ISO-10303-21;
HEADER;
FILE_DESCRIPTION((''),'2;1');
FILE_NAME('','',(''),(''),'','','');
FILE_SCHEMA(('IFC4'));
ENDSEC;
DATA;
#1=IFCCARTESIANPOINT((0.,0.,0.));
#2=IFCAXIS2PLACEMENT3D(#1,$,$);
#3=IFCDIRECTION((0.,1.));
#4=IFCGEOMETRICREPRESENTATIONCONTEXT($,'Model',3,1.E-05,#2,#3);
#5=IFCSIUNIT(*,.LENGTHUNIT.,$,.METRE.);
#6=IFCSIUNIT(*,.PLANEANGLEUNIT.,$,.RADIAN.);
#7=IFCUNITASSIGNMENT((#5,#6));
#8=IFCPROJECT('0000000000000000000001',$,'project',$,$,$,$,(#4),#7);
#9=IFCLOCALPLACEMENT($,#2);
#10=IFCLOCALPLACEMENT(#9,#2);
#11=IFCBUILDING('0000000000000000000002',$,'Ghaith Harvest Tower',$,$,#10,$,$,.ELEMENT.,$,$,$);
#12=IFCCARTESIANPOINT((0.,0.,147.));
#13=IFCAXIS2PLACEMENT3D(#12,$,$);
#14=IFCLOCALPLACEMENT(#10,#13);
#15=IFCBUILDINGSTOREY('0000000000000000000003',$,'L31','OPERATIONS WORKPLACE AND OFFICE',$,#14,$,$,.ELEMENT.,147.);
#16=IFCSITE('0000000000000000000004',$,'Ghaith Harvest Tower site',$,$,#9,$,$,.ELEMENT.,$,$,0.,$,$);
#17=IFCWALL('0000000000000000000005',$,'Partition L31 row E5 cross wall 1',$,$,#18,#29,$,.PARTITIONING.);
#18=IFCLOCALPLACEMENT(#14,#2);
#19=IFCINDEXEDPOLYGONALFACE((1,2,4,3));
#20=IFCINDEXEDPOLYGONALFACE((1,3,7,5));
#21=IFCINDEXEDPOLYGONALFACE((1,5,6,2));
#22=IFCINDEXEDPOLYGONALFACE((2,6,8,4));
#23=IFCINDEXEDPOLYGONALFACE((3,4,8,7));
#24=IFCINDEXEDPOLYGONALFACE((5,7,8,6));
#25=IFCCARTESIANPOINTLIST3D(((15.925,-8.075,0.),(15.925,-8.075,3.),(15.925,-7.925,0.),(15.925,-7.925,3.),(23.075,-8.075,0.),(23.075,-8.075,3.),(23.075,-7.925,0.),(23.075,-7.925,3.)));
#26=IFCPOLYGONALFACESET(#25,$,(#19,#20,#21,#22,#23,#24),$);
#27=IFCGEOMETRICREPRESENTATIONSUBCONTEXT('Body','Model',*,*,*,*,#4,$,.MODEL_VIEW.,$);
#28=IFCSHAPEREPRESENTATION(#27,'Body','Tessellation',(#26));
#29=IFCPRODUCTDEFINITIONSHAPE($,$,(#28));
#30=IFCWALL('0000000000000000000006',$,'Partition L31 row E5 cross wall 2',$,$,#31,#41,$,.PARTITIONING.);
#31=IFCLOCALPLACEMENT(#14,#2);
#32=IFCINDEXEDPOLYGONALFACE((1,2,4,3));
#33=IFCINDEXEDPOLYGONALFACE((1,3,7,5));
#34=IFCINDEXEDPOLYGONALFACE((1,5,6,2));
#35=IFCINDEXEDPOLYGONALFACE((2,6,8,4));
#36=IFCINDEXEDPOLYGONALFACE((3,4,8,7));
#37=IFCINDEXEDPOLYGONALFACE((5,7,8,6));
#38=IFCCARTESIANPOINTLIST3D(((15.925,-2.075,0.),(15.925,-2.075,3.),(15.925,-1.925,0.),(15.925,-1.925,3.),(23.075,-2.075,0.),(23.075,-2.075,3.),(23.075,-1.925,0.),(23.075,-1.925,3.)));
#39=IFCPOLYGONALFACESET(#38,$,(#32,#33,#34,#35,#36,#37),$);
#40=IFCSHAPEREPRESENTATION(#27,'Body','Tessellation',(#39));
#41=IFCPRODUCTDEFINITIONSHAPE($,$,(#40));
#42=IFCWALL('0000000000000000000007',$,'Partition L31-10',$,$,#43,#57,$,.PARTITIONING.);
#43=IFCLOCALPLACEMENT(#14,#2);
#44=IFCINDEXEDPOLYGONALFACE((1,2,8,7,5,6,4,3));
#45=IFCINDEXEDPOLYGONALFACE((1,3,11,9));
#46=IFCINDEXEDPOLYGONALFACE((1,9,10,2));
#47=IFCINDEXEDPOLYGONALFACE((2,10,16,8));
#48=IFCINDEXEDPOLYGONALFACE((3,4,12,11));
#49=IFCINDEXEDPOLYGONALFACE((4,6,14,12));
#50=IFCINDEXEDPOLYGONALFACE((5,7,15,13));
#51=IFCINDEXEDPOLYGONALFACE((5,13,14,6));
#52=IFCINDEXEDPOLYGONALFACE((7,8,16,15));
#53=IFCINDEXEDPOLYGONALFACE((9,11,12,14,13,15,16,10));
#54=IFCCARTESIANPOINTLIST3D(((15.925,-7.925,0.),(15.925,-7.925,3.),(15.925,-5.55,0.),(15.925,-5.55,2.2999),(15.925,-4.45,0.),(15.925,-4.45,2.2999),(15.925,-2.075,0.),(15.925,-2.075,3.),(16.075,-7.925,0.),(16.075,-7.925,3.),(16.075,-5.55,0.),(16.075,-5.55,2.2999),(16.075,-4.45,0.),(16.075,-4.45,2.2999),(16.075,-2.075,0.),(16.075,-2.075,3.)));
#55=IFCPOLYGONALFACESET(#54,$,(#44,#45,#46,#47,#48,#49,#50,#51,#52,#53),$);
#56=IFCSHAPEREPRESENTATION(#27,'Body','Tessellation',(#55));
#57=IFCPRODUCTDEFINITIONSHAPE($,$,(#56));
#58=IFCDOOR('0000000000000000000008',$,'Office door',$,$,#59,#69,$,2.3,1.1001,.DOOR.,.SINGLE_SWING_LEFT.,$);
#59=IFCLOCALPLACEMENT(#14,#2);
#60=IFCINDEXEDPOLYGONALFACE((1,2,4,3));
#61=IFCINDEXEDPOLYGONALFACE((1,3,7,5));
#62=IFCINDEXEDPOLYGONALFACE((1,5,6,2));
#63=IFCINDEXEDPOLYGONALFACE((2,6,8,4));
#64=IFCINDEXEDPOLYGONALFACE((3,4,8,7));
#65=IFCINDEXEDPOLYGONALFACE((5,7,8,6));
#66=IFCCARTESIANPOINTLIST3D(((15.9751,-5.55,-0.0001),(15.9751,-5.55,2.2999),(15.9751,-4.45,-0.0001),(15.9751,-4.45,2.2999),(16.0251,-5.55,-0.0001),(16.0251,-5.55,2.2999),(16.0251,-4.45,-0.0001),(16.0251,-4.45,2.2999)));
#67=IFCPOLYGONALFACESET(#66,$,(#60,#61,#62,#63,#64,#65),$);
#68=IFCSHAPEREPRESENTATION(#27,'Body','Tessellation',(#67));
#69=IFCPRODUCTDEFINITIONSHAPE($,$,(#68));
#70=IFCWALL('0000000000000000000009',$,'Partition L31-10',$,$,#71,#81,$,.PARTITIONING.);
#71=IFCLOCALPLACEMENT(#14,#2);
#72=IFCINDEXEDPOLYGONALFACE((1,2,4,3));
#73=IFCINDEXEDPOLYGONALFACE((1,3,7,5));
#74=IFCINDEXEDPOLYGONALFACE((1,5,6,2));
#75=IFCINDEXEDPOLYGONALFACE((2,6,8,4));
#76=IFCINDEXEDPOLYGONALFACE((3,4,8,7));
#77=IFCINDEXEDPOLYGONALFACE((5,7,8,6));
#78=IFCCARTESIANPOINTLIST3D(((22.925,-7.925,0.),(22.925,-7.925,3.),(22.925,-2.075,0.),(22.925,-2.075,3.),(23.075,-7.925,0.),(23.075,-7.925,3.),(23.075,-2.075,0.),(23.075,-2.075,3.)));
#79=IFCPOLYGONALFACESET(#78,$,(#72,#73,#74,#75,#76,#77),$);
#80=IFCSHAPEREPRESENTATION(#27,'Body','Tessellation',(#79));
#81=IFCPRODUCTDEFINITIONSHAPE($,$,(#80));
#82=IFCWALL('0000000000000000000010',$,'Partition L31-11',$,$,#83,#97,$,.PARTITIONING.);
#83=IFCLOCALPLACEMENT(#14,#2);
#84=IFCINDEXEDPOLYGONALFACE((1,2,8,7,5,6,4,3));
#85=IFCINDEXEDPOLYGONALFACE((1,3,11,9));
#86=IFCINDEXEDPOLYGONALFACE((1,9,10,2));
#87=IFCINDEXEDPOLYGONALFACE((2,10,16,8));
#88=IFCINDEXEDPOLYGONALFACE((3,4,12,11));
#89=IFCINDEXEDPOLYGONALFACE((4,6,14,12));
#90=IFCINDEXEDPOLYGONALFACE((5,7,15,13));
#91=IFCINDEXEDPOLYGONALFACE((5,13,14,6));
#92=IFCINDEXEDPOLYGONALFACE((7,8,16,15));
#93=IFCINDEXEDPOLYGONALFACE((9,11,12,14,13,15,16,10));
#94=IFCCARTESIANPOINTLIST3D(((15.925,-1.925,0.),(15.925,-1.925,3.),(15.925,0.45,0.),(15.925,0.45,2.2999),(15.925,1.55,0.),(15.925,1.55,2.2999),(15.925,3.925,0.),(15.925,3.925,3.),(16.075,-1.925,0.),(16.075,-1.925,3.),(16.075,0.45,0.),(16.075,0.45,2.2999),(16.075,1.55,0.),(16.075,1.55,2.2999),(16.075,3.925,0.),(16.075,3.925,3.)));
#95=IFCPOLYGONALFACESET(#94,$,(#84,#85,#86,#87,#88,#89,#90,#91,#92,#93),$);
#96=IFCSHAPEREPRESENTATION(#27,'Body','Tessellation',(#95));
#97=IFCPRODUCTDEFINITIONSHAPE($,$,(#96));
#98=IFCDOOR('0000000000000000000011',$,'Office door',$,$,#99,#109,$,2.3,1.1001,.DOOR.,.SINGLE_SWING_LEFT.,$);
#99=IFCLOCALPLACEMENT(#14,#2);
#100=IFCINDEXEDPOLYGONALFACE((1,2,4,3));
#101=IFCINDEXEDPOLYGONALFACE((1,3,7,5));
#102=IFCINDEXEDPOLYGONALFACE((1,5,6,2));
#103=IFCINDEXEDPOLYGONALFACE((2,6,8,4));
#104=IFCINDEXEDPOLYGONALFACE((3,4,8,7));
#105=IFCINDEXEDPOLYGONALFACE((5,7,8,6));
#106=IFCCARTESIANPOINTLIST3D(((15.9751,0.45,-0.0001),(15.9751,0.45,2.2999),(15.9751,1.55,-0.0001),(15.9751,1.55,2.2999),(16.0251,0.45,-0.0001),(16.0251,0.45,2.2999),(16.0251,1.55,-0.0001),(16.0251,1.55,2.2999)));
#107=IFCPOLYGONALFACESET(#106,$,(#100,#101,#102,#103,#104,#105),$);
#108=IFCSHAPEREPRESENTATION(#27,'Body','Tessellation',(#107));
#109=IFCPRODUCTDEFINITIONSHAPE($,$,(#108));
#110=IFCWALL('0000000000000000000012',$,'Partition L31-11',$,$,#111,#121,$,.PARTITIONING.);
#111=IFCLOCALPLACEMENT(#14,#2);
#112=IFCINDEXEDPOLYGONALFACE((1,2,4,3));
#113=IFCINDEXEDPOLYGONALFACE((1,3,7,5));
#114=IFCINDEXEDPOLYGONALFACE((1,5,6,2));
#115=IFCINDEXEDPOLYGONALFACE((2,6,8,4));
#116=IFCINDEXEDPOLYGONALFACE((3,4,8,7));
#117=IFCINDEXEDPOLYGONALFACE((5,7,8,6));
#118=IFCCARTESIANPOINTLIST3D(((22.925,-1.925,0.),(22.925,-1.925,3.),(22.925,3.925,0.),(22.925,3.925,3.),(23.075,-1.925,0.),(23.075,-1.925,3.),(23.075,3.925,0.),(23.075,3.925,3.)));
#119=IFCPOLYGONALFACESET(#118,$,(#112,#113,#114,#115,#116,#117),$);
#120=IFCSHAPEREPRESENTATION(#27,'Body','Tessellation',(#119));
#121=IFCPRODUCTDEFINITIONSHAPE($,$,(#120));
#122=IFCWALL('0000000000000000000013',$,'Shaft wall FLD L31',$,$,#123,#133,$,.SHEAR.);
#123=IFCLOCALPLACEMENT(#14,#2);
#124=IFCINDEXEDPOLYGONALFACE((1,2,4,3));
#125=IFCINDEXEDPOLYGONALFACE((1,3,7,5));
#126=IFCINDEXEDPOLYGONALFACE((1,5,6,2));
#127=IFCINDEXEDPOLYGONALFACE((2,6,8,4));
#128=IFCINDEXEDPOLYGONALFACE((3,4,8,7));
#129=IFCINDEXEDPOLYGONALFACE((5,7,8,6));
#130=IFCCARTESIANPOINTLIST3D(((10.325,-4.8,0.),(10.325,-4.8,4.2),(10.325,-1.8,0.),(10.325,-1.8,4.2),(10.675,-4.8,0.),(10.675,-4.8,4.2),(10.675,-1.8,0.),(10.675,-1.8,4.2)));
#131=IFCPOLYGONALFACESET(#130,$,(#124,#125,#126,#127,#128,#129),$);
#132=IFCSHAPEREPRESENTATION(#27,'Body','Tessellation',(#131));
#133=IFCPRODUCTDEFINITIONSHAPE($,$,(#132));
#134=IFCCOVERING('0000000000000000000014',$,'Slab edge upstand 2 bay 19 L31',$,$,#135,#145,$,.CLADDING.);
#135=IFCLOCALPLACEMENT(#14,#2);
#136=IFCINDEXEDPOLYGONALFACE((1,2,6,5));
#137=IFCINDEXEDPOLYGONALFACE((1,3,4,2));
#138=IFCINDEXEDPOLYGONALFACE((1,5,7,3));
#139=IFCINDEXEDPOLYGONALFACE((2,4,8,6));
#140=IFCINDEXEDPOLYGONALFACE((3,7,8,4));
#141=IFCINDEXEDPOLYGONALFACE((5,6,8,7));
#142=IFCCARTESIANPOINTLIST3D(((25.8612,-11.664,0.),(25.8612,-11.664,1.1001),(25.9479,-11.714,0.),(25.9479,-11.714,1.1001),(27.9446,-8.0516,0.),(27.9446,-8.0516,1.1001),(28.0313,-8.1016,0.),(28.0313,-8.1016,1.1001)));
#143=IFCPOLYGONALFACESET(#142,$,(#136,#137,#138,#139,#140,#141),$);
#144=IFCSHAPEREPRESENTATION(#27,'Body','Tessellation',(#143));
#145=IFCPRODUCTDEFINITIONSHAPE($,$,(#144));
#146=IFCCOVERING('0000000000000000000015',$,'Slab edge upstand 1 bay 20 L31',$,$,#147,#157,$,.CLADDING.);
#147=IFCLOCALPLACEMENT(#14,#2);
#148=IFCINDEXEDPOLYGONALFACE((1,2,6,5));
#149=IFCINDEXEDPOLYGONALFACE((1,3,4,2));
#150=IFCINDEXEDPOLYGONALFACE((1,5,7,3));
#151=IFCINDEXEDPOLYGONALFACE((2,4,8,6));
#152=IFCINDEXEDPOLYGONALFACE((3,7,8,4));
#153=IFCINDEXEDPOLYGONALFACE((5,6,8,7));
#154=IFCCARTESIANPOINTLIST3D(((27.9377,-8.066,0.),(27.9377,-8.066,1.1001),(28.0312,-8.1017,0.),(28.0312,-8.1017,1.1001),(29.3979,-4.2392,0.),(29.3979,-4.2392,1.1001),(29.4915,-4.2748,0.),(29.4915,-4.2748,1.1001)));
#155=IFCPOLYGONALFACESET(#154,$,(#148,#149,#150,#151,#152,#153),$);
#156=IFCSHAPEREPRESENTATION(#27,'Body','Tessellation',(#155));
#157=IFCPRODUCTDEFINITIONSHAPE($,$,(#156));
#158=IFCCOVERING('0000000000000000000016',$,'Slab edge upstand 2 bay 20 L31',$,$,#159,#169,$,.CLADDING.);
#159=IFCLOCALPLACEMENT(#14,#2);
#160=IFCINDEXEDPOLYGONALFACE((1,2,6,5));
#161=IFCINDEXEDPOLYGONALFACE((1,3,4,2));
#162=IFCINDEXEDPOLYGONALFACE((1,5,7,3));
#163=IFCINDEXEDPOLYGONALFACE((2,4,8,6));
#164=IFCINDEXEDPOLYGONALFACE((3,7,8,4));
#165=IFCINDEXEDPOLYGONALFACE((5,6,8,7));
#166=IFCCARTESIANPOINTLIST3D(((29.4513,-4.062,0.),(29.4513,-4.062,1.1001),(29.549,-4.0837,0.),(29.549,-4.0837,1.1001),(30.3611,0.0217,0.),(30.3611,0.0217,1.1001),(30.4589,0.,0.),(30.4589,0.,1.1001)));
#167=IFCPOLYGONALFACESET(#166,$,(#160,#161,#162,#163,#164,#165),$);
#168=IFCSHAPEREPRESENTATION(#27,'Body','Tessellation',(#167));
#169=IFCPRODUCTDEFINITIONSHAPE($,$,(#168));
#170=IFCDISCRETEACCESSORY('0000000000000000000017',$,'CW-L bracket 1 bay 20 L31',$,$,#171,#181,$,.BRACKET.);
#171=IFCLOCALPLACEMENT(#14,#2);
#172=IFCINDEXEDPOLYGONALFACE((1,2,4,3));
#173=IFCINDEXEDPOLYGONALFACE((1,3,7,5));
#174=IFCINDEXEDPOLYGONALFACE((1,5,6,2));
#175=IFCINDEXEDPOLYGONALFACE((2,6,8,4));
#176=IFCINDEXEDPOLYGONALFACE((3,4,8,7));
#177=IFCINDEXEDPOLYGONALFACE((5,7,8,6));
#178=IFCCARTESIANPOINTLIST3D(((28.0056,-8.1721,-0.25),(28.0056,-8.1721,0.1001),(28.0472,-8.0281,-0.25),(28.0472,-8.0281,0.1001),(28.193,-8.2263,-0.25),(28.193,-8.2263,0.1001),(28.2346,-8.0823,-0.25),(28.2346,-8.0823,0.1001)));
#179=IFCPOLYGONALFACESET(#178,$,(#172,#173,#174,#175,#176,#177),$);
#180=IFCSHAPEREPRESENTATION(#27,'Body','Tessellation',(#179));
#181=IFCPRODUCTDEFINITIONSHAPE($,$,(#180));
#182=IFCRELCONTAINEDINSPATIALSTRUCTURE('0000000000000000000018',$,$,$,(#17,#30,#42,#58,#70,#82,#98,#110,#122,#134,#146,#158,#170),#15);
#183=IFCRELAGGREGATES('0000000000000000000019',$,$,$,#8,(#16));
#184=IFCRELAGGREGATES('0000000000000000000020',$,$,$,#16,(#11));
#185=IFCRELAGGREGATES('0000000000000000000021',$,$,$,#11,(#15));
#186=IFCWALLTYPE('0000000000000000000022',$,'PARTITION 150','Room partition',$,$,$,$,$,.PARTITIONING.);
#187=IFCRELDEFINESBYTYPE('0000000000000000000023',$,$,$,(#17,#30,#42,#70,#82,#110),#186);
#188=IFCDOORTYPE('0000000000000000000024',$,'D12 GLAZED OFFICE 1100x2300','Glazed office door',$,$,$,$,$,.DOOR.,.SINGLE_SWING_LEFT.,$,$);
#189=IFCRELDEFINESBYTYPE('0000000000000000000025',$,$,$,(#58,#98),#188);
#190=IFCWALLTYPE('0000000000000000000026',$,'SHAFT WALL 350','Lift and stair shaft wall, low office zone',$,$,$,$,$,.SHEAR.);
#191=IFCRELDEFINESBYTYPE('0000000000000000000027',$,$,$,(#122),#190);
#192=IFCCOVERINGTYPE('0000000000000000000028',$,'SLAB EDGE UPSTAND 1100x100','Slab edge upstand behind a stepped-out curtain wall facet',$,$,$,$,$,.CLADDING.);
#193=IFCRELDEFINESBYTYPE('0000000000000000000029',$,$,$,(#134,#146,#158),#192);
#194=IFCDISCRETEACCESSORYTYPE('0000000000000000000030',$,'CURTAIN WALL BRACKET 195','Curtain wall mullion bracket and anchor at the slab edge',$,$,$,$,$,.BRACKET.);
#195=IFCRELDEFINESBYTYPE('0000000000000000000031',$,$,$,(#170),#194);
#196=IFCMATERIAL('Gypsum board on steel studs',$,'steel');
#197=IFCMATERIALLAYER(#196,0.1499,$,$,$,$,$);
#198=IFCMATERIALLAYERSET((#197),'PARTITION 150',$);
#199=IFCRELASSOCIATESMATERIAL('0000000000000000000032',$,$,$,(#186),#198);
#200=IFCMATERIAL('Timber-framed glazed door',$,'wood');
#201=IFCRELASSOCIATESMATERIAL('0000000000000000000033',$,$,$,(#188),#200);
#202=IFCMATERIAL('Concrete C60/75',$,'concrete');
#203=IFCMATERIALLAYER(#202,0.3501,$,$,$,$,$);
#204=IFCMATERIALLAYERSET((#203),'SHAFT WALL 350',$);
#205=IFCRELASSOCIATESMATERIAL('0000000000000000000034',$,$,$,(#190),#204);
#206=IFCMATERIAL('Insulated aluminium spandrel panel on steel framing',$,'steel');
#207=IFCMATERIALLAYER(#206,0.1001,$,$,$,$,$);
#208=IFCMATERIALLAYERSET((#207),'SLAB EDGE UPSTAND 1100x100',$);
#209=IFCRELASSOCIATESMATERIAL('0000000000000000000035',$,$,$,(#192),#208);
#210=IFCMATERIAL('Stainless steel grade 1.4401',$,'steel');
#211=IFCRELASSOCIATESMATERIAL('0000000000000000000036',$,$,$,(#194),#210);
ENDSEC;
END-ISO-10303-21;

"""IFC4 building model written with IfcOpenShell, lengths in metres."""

from ifc_helpers import new_model, si_unit, direction, frame, frame_2d, origin, origin_2d, place, context, subcontext, project, spatial, rectangle, extrude, material, layer, layer_set, type_object, element, fill, save


model = new_model("IFC4")

# Units and contexts
model_context = context("Model", 3, precision=1e-05, world=origin(), true_north=direction((0.0, 1.0)))
body_context = subcontext(model_context, "Body", "Model", "MODEL_VIEW")
ifc_project = project(units=[si_unit("LENGTHUNIT", "METRE"), si_unit("PLANEANGLEUNIT", "RADIAN")], contexts=[model_context])

# Site, building, storey
site_placement = place(None, origin())
site = spatial("IfcSite", under=ifc_project, at=site_placement, Name="Ghaith Harvest Tower site", CompositionType="ELEMENT", RefElevation=0.0)
building_placement = place(site_placement, origin())
building = spatial("IfcBuilding", under=site, at=building_placement, Name="Ghaith Harvest Tower", CompositionType="ELEMENT")
storey_placement = place(building_placement, frame((0.0, 0.0, 147.0)))
storey = spatial("IfcBuildingStorey", under=building, at=storey_placement, Name="L31", Description="OPERATIONS WORKPLACE AND OFFICE", CompositionType="ELEMENT", Elevation=147.0)

# Walls
ifc_material_1 = material(Name="Gypsum board on steel studs", Category="steel")
ifc_layer_1 = layer(ifc_material_1, 0.1499)
ifc_layer_set_1 = layer_set([ifc_layer_1], Name="PARTITION 150")
wall_type_1 = type_object("IfcWallType", Name="PARTITION 150", Description="Room partition", PredefinedType="PARTITIONING", material=ifc_layer_set_1)
for number, where, z_axis, x_axis, name in (
    (1, (15.925, -8.0, 0.0), (0.0, 0.0, 1.0), (1.0, 0.0, 0.0), "Partition L31 row E5 cross wall 1"),
    (2, (15.925, -2.0, 0.0), (0.0, 0.0, 1.0), (1.0, 0.0, 0.0), "Partition L31 row E5 cross wall 2"),
):
    element("IfcWall", number, at=place(storey_placement, frame(where, z_axis=z_axis, x_axis=x_axis)), inside=storey, type_object=wall_type_1, Name=name, PredefinedType="PARTITIONING", context=body_context, shape_type="SweptSolid", body=[
        extrude(rectangle(XDim=7.1499, YDim=0.1499, at=frame_2d((3.575, 0.0))), origin(), (0.0, 0.0, 1.0), 3.0),
    ])

# Wall, opening, door
wall_1_placement = place(storey_placement, frame((16.0, -7.925, 0.0), z_axis=(0.0, 0.0, 1.0), x_axis=(0.0, 1.0, 0.0)))
wall_1 = element("IfcWall", 3, at=wall_1_placement, inside=storey, type_object=wall_type_1, Name="Partition L31-10", PredefinedType="PARTITIONING", context=body_context, shape_type="SweptSolid", body=[
    extrude(rectangle(XDim=5.8501, YDim=0.1499, at=frame_2d((2.925, 0.0))), origin(), (0.0, 0.0, 1.0), 3.0),
])
opening_1_placement = place(wall_1_placement, frame((2.375, 0.0, 0.0)))
opening_1 = element("IfcOpeningElement", 4, at=opening_1_placement, cuts=wall_1, PredefinedType="OPENING", context=body_context, shape_type="SweptSolid", body=[
    extrude(rectangle(XDim=1.1001, YDim=2.3, at=frame_2d((0.55, 1.1499))), frame((0.0, 0.085, 0.0), z_axis=(0.0, -1.0, 0.0), x_axis=(1.0, 0.0, 0.0)), (0.0, 0.0, 1.0), 0.1699),
])
ifc_material_2 = material(Name="Timber-framed glazed door", Category="wood")
door_type_1 = type_object("IfcDoorType", Name="D12 GLAZED OFFICE 1100x2300", Description="Glazed office door", OperationType="SINGLE_SWING_LEFT", PredefinedType="DOOR", material=ifc_material_2)
door_1_placement = place(opening_1_placement, origin())
door_1 = element("IfcDoor", 5, at=door_1_placement, inside=storey, type_object=door_type_1, Name="Office door", OperationType="SINGLE_SWING_LEFT", OverallHeight=2.3, OverallWidth=1.1001, PredefinedType="DOOR", context=body_context, shape_type="SweptSolid", body=[
    extrude(rectangle(XDim=1.1001, YDim=2.3, at=frame_2d((0.55, 1.1499))), frame((0.0, 0.0249, 0.0), z_axis=(0.0, -1.0, 0.0), x_axis=(1.0, 0.0, 0.0)), (0.0, 0.0, 1.0), 0.05),
])
fill(opening_1, door_1)

# Wall
wall_2_placement = place(storey_placement, frame((23.0, -7.925, 0.0), z_axis=(0.0, 0.0, 1.0), x_axis=(0.0, 1.0, 0.0)))
element("IfcWall", 6, at=wall_2_placement, inside=storey, type_object=wall_type_1, Name="Partition L31-10", PredefinedType="PARTITIONING", context=body_context, shape_type="SweptSolid", body=[
    extrude(rectangle(XDim=5.8501, YDim=0.1499, at=frame_2d((2.925, 0.0))), origin(), (0.0, 0.0, 1.0), 3.0),
])

# Wall, opening, door
wall_3_placement = place(storey_placement, frame((16.0, -1.925, 0.0), z_axis=(0.0, 0.0, 1.0), x_axis=(0.0, 1.0, 0.0)))
wall_3 = element("IfcWall", 7, at=wall_3_placement, inside=storey, type_object=wall_type_1, Name="Partition L31-11", PredefinedType="PARTITIONING", context=body_context, shape_type="SweptSolid", body=[
    extrude(rectangle(XDim=5.8501, YDim=0.1499, at=frame_2d((2.925, 0.0))), origin(), (0.0, 0.0, 1.0), 3.0),
])
opening_2_placement = place(wall_3_placement, frame((2.375, 0.0, 0.0)))
opening_2 = element("IfcOpeningElement", 8, at=opening_2_placement, cuts=wall_3, PredefinedType="OPENING", context=body_context, shape_type="SweptSolid", body=[
    extrude(rectangle(XDim=1.1001, YDim=2.3, at=frame_2d((0.55, 1.1499))), frame((0.0, 0.085, 0.0), z_axis=(0.0, -1.0, 0.0), x_axis=(1.0, 0.0, 0.0)), (0.0, 0.0, 1.0), 0.1699),
])
door_2_placement = place(opening_2_placement, origin())
door_2 = element("IfcDoor", 9, at=door_2_placement, inside=storey, type_object=door_type_1, Name="Office door", OperationType="SINGLE_SWING_LEFT", OverallHeight=2.3, OverallWidth=1.1001, PredefinedType="DOOR", context=body_context, shape_type="SweptSolid", body=[
    extrude(rectangle(XDim=1.1001, YDim=2.3, at=frame_2d((0.55, 1.1499))), frame((0.0, 0.0249, 0.0), z_axis=(0.0, -1.0, 0.0), x_axis=(1.0, 0.0, 0.0)), (0.0, 0.0, 1.0), 0.05),
])
fill(opening_2, door_2)

# Walls
wall_4_placement = place(storey_placement, frame((23.0, -1.925, 0.0), z_axis=(0.0, 0.0, 1.0), x_axis=(0.0, 1.0, 0.0)))
element("IfcWall", 10, at=wall_4_placement, inside=storey, type_object=wall_type_1, Name="Partition L31-11", PredefinedType="PARTITIONING", context=body_context, shape_type="SweptSolid", body=[
    extrude(rectangle(XDim=5.8501, YDim=0.1499, at=frame_2d((2.925, 0.0))), origin(), (0.0, 0.0, 1.0), 3.0),
])
ifc_material_3 = material(Name="Concrete C60/75", Category="concrete")
ifc_layer_2 = layer(ifc_material_3, 0.3501)
ifc_layer_set_2 = layer_set([ifc_layer_2], Name="SHAFT WALL 350")
wall_type_2 = type_object("IfcWallType", Name="SHAFT WALL 350", Description="Lift and stair shaft wall, low office zone", PredefinedType="SHEAR", material=ifc_layer_set_2)
wall_5_placement = place(storey_placement, frame((10.5, -4.8, 0.0), z_axis=(0.0, 0.0, 1.0), x_axis=(0.0, 1.0, 0.0)))
element("IfcWall", 11, at=wall_5_placement, inside=storey, type_object=wall_type_2, Name="Shaft wall FLD L31", PredefinedType="SHEAR", context=body_context, shape_type="SweptSolid", body=[
    extrude(rectangle(XDim=3.0, YDim=0.3501, at=frame_2d((1.5, 0.0))), origin(), (0.0, 0.0, 1.0), 4.2),
])

# Coverings
ifc_material_4 = material(Name="Insulated aluminium spandrel panel on steel framing", Category="steel")
ifc_layer_3 = layer(ifc_material_4, 0.1001)
ifc_layer_set_3 = layer_set([ifc_layer_3], Name="SLAB EDGE UPSTAND 1100x100")
covering_type = type_object("IfcCoveringType", Name="SLAB EDGE UPSTAND 1100x100", Description="Slab edge upstand behind a stepped-out curtain wall facet", PredefinedType="CLADDING", material=ifc_layer_set_3)
covering_1_placement = place(storey_placement, frame((26.9463, -9.8828, 0.0), z_axis=(0.0, 0.0, 1.0), x_axis=(0.499596, 0.866258, 0.0)))
element("IfcCovering", 12, at=covering_1_placement, inside=storey, type_object=covering_type, Name="Slab edge upstand 2 bay 19 L31", PredefinedType="CLADDING", context=body_context, shape_type="SweptSolid", body=[
    extrude(rectangle(XDim=4.1702, YDim=0.1001, at=origin_2d()), origin(), (0.0, 0.0, 1.0), 1.1001),
])
covering_2_placement = place(storey_placement, frame((28.7146, -6.1704, 0.0), z_axis=(0.0, 0.0, 1.0), x_axis=(0.356504, 0.934294, 0.0)))
element("IfcCovering", 13, at=covering_2_placement, inside=storey, type_object=covering_type, Name="Slab edge upstand 1 bay 20 L31", PredefinedType="CLADDING", context=body_context, shape_type="SweptSolid", body=[
    extrude(rectangle(XDim=4.0959, YDim=0.1001, at=origin_2d()), origin(), (0.0, 0.0, 1.0), 1.1001),
])
covering_3_placement = place(storey_placement, frame((29.9551, -2.031, 0.0), z_axis=(0.0, 0.0, 1.0), x_axis=(0.217466, 0.976068, 0.0)))
element("IfcCovering", 14, at=covering_3_placement, inside=storey, type_object=covering_type, Name="Slab edge upstand 2 bay 20 L31", PredefinedType="CLADDING", context=body_context, shape_type="SweptSolid", body=[
    extrude(rectangle(XDim=4.1838, YDim=0.1001, at=origin_2d()), origin(), (0.0, 0.0, 1.0), 1.1001),
])

# Discrete accessory
ifc_material_5 = material(Name="Stainless steel grade 1.4401", Category="steel")
discrete_accessory_type = type_object("IfcDiscreteAccessoryType", Name="CURTAIN WALL BRACKET 195", Description="Curtain wall mullion bracket and anchor at the slab edge", PredefinedType="BRACKET", material=ifc_material_5)
discrete_accessory_placement = place(storey_placement, frame((28.1201, -8.1272, -0.25), z_axis=(0.0, 0.0, 1.0), x_axis=(0.96068, -0.277657, 0.0)))
element("IfcDiscreteAccessory", 15, at=discrete_accessory_placement, inside=storey, type_object=discrete_accessory_type, Name="CW-L bracket 1 bay 20 L31", PredefinedType="BRACKET", context=body_context, shape_type="SweptSolid", body=[
    extrude(rectangle(XDim=0.1951, YDim=0.1499, at=origin_2d()), origin(), (0.0, 0.0, 1.0), 0.3501),
])

save(model, "model.ifc")
